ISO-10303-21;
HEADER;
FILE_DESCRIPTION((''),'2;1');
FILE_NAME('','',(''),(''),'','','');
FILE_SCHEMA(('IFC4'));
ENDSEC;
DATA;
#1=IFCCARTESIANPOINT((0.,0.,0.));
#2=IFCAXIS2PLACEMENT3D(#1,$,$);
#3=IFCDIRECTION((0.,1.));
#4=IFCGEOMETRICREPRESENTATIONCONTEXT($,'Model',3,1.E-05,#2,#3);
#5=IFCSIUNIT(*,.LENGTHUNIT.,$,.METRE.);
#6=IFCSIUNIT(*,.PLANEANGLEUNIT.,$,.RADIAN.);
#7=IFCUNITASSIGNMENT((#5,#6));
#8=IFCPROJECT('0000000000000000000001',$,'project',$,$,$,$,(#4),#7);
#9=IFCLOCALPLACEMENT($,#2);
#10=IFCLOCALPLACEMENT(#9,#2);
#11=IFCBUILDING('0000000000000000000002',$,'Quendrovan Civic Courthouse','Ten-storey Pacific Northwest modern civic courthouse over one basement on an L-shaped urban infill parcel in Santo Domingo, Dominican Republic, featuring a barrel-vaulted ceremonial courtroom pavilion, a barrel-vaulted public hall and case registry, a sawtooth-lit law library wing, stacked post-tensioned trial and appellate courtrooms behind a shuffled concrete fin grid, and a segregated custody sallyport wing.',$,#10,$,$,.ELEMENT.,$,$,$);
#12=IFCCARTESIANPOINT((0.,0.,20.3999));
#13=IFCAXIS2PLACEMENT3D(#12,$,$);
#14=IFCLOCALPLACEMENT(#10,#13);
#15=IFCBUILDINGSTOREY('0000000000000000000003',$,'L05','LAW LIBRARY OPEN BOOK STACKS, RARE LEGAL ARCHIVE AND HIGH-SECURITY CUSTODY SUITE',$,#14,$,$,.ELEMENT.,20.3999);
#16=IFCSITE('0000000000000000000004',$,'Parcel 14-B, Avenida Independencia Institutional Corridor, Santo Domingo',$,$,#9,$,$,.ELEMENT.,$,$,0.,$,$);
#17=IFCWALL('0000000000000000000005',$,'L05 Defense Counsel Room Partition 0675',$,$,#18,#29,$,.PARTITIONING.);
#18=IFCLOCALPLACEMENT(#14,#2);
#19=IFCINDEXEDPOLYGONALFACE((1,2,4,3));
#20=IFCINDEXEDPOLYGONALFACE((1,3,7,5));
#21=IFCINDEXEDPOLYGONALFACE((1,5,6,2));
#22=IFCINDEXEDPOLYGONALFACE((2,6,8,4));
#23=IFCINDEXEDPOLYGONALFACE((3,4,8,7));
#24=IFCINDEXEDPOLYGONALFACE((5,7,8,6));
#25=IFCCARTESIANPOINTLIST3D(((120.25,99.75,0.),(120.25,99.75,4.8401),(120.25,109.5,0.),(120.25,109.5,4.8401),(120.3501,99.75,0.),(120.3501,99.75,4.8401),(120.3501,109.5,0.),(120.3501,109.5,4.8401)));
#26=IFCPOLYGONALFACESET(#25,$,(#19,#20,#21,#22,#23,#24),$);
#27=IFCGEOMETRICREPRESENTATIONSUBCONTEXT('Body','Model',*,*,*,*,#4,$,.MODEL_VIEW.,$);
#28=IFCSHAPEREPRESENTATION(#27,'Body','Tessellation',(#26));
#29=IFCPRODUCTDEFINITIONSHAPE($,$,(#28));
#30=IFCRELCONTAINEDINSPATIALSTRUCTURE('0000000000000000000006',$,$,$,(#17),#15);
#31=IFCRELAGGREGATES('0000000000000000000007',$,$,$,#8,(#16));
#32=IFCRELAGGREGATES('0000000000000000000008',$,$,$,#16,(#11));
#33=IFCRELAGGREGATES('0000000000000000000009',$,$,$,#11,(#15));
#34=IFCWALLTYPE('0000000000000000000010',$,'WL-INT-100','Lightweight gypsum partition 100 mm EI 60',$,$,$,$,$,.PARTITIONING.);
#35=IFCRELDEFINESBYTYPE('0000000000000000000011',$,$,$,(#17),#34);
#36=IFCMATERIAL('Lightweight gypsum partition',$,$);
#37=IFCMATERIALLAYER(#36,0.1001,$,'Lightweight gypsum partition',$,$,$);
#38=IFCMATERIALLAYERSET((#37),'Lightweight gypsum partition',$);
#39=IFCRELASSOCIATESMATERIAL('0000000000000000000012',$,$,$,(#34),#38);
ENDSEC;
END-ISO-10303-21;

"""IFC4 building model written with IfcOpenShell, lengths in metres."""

from ifc_helpers import new_model, si_unit, direction, frame, frame_2d, origin, place, context, subcontext, project, spatial, rectangle, extrude, material, layer, layer_set, type_object, element, save


model = new_model("IFC4")

# Units and contexts
model_context = context("Model", 3, precision=1e-05, world=origin(), true_north=direction((0.0, 1.0)))
body_context = subcontext(model_context, "Body", "Model", "MODEL_VIEW")
ifc_project = project(units=[si_unit("LENGTHUNIT", "METRE"), si_unit("PLANEANGLEUNIT", "RADIAN")], contexts=[model_context])

# Site, building, storey
site_placement = place(None, origin())
site = spatial("IfcSite", under=ifc_project, at=site_placement, Name="Parcel 14-B, Avenida Independencia Institutional Corridor, Santo Domingo", CompositionType="ELEMENT", RefElevation=0.0)
building_placement = place(site_placement, origin())
building = spatial("IfcBuilding", under=site, at=building_placement, Name="Quendrovan Civic Courthouse", Description="Ten-storey Pacific Northwest modern civic courthouse over one basement on an L-shaped urban infill parcel in Santo Domingo, Dominican Republic, featuring a barrel-vaulted ceremonial courtroom pavilion, a barrel-vaulted public hall and case registry, a sawtooth-lit law library wing, stacked post-tensioned trial and appellate courtrooms behind a shuffled concrete fin grid, and a segregated custody sallyport wing.", CompositionType="ELEMENT")
storey_placement = place(building_placement, frame((0.0, 0.0, 20.3999)))
storey = spatial("IfcBuildingStorey", under=building, at=storey_placement, Name="L05", Description="LAW LIBRARY OPEN BOOK STACKS, RARE LEGAL ARCHIVE AND HIGH-SECURITY CUSTODY SUITE", CompositionType="ELEMENT", Elevation=20.3999)

# Wall
ifc_material_1 = material(Name="Lightweight gypsum partition")
ifc_layer_1 = layer(ifc_material_1, 0.1001, Name="Lightweight gypsum partition")
ifc_layer_set_1 = layer_set([ifc_layer_1], Name="Lightweight gypsum partition")
wall_type_1 = type_object("IfcWallType", Name="WL-INT-100", Description="Lightweight gypsum partition 100 mm EI 60", PredefinedType="PARTITIONING", material=ifc_layer_set_1)
wall_1_placement = place(storey_placement, frame((120.3, 109.5, 0.0), z_axis=(0.0, 0.0, 1.0), x_axis=(0.0, -1.0, 0.0)))
element("IfcWall", 1, at=wall_1_placement, inside=storey, type_object=wall_type_1, Name="L05 Defense Counsel Room Partition 0675", PredefinedType="PARTITIONING", context=body_context, shape_type="SweptSolid", body=[
    extrude(rectangle(XDim=9.75, YDim=0.1001, at=frame_2d((4.875, 0.0))), origin(), (0.0, 0.0, 1.0), 4.8401),
])

save(model, "model.ifc")
